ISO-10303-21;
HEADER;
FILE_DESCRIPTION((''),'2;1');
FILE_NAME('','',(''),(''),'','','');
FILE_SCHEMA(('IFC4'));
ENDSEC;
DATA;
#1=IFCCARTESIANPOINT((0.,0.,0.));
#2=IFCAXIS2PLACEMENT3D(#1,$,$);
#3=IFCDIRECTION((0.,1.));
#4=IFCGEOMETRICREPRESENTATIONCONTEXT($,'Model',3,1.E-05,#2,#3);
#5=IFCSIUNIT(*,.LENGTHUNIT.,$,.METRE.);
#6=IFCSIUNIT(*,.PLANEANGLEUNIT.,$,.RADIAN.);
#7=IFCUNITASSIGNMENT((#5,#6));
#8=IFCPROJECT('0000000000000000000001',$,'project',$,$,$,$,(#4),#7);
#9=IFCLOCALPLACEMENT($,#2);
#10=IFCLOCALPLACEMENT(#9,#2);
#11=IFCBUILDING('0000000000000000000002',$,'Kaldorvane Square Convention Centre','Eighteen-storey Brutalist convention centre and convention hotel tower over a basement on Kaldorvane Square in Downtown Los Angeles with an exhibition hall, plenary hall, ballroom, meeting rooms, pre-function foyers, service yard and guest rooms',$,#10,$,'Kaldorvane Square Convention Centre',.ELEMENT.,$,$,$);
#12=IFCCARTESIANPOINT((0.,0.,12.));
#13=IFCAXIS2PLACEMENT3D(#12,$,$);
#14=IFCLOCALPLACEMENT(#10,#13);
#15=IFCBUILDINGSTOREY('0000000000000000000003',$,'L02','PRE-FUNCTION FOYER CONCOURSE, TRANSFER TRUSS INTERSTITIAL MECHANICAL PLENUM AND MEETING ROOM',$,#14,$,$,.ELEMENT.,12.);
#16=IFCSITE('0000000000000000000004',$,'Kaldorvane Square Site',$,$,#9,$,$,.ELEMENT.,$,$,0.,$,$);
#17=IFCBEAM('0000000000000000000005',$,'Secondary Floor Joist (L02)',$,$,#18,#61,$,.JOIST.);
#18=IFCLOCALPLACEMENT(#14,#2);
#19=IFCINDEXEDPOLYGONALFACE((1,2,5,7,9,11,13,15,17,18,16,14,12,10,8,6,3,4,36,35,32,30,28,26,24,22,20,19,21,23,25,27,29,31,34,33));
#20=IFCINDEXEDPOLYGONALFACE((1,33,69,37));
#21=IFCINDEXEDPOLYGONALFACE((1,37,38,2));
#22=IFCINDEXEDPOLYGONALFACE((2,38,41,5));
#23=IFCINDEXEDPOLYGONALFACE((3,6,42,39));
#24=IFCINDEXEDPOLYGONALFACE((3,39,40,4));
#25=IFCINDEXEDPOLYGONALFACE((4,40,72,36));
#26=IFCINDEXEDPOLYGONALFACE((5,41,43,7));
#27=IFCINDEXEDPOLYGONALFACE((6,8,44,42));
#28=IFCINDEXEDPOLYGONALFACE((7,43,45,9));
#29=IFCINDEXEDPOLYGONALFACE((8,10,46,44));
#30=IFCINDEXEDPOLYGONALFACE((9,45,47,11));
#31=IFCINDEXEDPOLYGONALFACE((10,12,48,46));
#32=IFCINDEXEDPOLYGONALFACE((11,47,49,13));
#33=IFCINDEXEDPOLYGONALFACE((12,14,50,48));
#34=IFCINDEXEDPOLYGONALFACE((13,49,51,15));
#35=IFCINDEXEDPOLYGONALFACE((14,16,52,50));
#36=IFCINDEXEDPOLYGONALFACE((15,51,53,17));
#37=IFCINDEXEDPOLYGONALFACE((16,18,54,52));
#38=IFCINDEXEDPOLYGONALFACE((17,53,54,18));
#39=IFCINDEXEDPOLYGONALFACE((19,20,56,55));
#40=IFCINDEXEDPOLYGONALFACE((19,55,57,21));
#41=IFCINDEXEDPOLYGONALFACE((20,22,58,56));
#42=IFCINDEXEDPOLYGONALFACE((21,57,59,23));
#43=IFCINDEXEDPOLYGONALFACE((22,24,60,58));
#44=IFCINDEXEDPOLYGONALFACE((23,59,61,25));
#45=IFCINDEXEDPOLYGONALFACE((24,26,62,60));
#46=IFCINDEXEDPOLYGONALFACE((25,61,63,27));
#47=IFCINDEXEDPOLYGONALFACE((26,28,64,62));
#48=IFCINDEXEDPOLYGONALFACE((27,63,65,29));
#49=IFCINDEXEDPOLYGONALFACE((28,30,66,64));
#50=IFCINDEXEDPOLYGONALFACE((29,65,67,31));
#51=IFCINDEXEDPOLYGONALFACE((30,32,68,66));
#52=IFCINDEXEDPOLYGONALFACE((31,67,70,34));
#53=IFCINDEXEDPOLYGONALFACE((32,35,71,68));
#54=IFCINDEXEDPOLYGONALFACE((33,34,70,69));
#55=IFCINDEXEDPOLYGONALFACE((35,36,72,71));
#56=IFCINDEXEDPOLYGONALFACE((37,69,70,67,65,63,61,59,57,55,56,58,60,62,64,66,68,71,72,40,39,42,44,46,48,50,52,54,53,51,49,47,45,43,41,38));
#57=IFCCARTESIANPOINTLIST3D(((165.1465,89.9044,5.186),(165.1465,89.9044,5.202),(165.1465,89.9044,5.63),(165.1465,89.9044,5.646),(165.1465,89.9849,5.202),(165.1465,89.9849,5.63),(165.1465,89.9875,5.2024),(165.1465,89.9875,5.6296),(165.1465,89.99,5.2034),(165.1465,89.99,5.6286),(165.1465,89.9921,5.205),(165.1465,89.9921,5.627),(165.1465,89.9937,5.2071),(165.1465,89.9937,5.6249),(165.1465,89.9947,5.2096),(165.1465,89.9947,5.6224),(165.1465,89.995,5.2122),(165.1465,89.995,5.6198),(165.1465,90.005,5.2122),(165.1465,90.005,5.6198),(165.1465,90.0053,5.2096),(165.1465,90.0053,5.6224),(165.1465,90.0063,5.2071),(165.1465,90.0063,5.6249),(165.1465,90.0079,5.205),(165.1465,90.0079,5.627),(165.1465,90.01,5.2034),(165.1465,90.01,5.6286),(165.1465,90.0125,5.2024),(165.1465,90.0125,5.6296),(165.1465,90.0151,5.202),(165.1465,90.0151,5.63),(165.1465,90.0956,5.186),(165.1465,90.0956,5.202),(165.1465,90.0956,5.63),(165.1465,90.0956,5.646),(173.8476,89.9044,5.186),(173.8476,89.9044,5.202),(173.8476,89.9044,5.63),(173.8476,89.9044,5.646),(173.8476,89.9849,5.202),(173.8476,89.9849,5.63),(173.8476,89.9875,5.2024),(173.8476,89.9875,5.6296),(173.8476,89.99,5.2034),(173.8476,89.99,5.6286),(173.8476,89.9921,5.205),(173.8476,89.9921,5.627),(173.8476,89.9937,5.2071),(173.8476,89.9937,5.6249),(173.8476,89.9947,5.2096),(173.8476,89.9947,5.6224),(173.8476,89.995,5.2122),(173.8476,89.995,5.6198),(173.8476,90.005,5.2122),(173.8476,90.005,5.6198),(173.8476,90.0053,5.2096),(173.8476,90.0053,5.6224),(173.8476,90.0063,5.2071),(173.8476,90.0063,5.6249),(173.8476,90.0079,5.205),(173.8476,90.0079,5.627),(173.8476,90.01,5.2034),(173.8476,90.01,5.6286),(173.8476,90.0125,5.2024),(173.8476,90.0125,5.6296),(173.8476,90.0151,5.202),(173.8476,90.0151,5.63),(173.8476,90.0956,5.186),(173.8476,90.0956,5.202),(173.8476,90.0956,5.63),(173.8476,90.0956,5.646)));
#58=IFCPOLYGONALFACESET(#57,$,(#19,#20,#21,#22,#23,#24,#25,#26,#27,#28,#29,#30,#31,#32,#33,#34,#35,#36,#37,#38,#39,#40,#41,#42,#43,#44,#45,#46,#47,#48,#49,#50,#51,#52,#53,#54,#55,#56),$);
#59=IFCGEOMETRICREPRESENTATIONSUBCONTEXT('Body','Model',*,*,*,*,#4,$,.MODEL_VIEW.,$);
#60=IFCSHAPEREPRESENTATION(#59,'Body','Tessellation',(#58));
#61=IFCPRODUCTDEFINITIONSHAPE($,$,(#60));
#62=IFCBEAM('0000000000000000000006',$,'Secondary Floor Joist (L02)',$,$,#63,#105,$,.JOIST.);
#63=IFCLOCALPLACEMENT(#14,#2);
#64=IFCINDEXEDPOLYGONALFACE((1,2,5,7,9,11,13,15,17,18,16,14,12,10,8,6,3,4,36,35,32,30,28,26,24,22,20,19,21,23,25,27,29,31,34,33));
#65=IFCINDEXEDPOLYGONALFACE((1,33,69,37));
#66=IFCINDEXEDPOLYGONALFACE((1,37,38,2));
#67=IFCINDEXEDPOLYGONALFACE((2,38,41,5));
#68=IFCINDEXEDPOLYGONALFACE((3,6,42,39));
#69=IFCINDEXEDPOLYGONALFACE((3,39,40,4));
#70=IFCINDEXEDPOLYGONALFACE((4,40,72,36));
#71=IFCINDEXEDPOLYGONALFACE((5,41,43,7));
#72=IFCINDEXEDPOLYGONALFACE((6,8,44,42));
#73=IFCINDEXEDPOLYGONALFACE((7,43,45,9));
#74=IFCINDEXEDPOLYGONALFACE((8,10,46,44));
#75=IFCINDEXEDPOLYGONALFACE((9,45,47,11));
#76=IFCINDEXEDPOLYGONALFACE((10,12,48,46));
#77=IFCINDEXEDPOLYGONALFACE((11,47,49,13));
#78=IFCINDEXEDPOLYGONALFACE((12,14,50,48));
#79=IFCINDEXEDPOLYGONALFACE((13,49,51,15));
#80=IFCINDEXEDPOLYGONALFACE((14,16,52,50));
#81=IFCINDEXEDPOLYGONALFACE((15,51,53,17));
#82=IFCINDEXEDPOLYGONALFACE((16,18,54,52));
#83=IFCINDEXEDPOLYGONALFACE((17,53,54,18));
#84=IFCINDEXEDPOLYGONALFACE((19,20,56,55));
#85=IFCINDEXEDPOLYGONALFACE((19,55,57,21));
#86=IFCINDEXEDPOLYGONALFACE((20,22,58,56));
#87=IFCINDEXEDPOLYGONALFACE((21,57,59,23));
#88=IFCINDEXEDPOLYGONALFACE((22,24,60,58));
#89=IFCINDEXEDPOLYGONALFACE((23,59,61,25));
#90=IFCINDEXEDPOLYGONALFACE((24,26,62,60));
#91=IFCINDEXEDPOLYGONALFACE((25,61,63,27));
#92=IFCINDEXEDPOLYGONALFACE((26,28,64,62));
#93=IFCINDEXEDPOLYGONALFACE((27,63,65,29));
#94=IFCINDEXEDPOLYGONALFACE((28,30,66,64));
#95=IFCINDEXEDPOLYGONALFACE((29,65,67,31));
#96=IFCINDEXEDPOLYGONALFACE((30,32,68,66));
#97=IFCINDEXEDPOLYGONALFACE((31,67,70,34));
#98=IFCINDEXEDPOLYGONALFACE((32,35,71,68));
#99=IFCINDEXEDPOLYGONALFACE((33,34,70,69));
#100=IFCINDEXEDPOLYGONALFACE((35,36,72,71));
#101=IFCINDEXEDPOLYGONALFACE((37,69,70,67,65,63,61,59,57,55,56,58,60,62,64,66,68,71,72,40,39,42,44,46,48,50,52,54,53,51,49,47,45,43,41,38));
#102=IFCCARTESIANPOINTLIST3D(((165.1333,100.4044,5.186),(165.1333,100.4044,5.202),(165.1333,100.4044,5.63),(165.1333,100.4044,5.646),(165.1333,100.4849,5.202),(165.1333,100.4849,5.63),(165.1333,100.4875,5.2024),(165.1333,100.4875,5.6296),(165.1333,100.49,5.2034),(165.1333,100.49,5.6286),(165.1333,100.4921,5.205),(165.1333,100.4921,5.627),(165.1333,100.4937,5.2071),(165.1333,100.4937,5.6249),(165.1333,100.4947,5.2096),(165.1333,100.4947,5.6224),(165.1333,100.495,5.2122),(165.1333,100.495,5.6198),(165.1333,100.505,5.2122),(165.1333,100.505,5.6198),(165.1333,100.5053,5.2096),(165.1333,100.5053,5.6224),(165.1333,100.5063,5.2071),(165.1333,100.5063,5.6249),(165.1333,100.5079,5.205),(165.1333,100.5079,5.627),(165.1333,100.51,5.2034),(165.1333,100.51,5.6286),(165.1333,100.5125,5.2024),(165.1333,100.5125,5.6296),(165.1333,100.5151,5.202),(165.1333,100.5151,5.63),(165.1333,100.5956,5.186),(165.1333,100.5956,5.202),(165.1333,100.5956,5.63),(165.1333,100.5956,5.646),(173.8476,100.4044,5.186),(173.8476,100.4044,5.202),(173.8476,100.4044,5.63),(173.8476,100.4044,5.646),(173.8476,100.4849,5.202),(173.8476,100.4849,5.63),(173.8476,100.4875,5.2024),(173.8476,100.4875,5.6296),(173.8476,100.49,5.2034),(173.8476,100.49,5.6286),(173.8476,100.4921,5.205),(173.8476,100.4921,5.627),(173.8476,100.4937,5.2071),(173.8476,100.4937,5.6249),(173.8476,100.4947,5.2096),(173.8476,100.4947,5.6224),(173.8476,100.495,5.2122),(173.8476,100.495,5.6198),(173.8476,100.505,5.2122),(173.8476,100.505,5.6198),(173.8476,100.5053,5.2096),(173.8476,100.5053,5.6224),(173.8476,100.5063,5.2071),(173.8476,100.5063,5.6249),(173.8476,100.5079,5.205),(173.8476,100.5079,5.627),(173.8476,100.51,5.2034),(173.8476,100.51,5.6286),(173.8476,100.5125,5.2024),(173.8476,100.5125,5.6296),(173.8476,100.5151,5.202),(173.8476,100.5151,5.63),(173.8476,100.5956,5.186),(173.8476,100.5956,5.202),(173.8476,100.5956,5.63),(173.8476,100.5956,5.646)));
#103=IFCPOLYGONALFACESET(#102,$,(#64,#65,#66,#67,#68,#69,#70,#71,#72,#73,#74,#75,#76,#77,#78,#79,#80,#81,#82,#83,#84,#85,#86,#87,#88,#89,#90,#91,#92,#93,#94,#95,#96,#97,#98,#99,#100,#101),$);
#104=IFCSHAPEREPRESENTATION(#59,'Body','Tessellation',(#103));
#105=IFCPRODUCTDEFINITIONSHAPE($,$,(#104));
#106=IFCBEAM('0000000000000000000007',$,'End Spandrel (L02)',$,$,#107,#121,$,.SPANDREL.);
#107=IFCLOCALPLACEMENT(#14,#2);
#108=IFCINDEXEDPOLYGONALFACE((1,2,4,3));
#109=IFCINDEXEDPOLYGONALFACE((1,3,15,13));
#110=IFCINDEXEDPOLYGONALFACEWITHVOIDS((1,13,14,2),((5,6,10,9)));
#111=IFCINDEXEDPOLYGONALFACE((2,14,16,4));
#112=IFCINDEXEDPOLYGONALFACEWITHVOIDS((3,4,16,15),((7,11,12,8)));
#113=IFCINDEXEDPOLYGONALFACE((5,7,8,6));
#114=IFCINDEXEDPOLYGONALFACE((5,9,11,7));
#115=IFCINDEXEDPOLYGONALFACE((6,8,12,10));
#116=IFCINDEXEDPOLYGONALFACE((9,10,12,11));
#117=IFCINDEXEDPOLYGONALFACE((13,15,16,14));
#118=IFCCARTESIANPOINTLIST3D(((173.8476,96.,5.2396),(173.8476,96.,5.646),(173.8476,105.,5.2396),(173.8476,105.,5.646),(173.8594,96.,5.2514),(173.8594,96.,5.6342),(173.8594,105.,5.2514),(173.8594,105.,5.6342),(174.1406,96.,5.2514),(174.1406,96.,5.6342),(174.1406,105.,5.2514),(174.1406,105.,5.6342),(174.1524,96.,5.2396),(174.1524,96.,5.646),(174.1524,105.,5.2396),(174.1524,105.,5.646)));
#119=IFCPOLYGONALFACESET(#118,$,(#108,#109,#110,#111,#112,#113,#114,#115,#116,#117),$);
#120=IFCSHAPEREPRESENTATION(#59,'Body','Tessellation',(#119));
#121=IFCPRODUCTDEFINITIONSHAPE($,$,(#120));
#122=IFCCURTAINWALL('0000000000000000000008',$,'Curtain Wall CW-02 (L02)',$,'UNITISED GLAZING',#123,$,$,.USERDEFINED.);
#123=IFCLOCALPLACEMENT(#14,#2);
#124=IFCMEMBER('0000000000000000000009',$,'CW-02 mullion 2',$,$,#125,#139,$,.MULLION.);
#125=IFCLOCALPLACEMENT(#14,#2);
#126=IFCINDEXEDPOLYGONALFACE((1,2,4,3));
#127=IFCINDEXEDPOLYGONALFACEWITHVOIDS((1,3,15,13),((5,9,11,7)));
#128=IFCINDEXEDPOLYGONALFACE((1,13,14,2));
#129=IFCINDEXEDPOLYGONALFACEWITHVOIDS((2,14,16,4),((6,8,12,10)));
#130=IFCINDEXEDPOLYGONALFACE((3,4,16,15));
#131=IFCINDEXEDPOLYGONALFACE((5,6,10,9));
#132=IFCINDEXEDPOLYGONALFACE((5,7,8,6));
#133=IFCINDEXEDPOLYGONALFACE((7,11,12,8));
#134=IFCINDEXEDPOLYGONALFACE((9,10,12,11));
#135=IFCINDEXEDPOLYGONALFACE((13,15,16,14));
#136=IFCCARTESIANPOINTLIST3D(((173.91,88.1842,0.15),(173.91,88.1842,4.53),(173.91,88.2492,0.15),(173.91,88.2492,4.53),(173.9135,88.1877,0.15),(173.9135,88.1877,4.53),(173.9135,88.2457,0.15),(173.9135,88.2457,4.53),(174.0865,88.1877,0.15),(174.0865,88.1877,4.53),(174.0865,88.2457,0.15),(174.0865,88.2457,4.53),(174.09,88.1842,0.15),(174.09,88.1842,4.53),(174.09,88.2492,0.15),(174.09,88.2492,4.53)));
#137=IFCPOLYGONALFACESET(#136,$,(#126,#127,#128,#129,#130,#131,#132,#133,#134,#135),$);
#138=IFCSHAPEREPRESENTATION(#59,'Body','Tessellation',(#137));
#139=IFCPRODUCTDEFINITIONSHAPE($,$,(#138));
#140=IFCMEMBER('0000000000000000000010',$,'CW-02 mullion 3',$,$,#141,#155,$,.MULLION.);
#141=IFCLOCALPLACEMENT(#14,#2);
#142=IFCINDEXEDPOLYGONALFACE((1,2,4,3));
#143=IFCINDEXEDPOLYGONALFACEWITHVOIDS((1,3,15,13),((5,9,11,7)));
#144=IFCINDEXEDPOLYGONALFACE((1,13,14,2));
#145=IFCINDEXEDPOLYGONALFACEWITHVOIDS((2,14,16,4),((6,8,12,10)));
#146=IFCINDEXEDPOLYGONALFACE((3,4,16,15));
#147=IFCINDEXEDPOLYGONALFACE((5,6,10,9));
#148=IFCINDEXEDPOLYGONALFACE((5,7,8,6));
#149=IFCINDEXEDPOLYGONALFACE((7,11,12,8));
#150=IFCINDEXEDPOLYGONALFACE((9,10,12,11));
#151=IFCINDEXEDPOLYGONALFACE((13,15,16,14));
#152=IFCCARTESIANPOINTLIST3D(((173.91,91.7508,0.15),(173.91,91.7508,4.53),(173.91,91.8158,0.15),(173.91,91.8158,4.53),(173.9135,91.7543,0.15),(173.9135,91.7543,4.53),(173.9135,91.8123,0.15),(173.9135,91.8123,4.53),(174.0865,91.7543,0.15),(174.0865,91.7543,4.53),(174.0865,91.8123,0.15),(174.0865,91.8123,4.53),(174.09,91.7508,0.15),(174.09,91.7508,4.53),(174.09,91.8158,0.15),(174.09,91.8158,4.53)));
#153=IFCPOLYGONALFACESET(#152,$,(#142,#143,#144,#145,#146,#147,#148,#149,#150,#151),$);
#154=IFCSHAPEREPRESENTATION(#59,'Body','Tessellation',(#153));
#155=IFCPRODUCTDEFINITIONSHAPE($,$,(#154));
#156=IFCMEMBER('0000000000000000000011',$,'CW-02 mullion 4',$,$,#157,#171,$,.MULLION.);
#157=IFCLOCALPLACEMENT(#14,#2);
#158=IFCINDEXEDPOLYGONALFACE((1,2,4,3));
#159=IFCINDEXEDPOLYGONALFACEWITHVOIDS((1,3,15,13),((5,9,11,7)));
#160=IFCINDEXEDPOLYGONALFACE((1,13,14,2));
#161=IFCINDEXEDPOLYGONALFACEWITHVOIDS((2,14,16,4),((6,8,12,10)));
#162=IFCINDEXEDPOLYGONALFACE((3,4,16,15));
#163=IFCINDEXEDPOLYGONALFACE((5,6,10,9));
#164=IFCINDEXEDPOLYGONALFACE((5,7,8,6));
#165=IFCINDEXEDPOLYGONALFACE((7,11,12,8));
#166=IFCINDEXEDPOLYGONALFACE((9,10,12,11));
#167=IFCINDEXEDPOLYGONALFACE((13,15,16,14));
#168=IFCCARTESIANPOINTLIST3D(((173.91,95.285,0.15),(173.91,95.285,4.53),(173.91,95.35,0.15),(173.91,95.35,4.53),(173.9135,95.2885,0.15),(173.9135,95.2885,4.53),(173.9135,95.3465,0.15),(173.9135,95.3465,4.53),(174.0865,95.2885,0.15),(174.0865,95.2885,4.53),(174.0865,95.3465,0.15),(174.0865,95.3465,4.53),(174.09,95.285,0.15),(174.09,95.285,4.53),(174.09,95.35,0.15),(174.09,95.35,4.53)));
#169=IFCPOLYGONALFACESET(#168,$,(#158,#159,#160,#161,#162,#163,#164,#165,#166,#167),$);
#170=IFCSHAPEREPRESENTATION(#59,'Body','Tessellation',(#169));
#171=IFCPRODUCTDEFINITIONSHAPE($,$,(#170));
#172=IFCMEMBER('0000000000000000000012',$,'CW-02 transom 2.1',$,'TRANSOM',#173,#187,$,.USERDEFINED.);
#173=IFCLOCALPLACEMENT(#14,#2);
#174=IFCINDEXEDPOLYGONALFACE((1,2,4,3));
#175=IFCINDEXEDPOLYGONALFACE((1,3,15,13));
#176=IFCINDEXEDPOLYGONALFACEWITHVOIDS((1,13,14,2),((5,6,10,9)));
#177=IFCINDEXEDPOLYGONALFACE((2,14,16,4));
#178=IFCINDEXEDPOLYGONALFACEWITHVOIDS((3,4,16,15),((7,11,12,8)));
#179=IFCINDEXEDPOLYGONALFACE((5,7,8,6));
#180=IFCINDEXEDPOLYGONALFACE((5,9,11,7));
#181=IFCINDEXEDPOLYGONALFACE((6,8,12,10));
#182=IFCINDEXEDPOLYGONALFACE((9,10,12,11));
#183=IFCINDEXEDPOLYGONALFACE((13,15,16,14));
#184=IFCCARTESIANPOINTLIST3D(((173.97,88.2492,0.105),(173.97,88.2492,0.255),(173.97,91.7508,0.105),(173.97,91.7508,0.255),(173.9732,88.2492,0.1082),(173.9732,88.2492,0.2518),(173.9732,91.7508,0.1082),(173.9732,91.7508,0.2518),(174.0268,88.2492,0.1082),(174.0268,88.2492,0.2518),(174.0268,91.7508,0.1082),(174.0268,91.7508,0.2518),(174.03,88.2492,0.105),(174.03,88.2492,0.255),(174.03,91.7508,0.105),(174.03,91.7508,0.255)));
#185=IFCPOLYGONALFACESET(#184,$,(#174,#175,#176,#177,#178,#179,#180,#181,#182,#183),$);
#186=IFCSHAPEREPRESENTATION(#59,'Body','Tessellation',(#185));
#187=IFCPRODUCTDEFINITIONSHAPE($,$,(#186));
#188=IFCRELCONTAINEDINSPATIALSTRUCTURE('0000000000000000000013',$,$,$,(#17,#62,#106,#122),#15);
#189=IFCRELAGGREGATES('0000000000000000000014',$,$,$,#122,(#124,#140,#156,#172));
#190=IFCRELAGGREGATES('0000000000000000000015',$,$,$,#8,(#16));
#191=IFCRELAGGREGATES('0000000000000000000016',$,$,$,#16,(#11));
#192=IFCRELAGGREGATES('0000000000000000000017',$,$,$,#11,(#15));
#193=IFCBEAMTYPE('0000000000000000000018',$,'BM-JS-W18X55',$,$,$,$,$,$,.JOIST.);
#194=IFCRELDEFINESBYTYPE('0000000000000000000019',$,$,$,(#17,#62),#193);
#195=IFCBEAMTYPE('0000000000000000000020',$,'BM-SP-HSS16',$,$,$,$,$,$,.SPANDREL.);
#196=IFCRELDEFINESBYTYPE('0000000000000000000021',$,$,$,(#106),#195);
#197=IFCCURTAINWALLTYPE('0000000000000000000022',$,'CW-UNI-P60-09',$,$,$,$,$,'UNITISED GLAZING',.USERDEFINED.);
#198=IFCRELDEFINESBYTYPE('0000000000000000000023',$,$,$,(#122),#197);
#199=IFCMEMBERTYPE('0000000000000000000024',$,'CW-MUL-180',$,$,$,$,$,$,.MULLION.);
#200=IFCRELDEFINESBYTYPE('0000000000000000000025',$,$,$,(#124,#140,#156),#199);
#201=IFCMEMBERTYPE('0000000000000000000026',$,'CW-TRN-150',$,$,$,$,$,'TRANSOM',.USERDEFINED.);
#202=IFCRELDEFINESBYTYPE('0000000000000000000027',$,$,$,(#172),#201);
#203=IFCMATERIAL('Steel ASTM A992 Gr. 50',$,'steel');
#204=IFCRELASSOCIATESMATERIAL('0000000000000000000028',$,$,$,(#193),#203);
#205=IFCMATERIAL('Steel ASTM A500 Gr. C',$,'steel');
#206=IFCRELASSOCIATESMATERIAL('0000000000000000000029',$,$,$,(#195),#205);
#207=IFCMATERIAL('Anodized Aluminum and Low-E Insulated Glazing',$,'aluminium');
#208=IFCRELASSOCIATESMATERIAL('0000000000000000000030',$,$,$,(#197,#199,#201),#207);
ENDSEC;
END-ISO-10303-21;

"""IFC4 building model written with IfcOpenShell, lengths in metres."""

from ifc_helpers import new_model, si_unit, direction, frame, origin, origin_2d, place, context, subcontext, project, spatial, hollow_rectangle, i_section, extrude, material, material_profile, profile_set, type_object, element, aggregate, save


model = new_model("IFC4")

# Units and contexts
model_context = context("Model", 3, precision=1e-05, world=origin(), true_north=direction((0.0, 1.0)))
body_context = subcontext(model_context, "Body", "Model", "MODEL_VIEW")
ifc_project = project(units=[si_unit("LENGTHUNIT", "METRE"), si_unit("PLANEANGLEUNIT", "RADIAN")], contexts=[model_context])

# Site, building, storey
site_placement = place(None, origin())
site = spatial("IfcSite", under=ifc_project, at=site_placement, Name="Kaldorvane Square Site", CompositionType="ELEMENT", RefElevation=0.0)
building_placement = place(site_placement, origin())
building = spatial("IfcBuilding", under=site, at=building_placement, Name="Kaldorvane Square Convention Centre", Description="Eighteen-storey Brutalist convention centre and convention hotel tower over a basement on Kaldorvane Square in Downtown Los Angeles with an exhibition hall, plenary hall, ballroom, meeting rooms, pre-function foyers, service yard and guest rooms", LongName="Kaldorvane Square Convention Centre", CompositionType="ELEMENT")
storey_placement = place(building_placement, frame((0.0, 0.0, 12.0)))
storey = spatial("IfcBuildingStorey", under=building, at=storey_placement, Name="L02", Description="PRE-FUNCTION FOYER CONCOURSE, TRANSFER TRUSS INTERSTITIAL MECHANICAL PLENUM AND MEETING ROOM", CompositionType="ELEMENT", Elevation=12.0)

# Shared definitions
ifc_material_1 = material(Name="Steel ASTM A992 Gr. 50", Category="steel")

# Beams
ifc_material_profile_1 = material_profile(ifc_material_1, i_section(OverallWidth=0.1913, OverallDepth=0.46, WebThickness=0.0099, FlangeThickness=0.016, FilletRadius=0.0102, at=origin_2d()), Name="W18X55")
ifc_profile_set_1 = profile_set([ifc_material_profile_1], Name="Steel ASTM A992 Gr. 50")
beam_type_1 = type_object("IfcBeamType", Name="BM-JS-W18X55", PredefinedType="JOIST", material=ifc_profile_set_1)
beam_1_placement = place(storey_placement, frame((165.1465, 90.0, 5.416), z_axis=(1.0, 0.0, 0.0), x_axis=(0.0, 1.0, 0.0)))
element("IfcBeam", 1, at=beam_1_placement, inside=storey, type_object=beam_type_1, Name="Secondary Floor Joist (L02)", PredefinedType="JOIST", context=body_context, shape_type="SweptSolid", body=[
    extrude(i_section(OverallWidth=0.1913, OverallDepth=0.46, WebThickness=0.0099, FlangeThickness=0.016, FilletRadius=0.0102, at=origin_2d()), origin(), (0.0, 0.0, 1.0), 8.7011),
])
beam_2_placement = place(storey_placement, frame((165.1333, 100.5, 5.416), z_axis=(1.0, 0.0, 0.0), x_axis=(0.0, 1.0, 0.0)))
element("IfcBeam", 2, at=beam_2_placement, inside=storey, type_object=beam_type_1, Name="Secondary Floor Joist (L02)", PredefinedType="JOIST", context=body_context, shape_type="SweptSolid", body=[
    extrude(i_section(OverallWidth=0.1913, OverallDepth=0.46, WebThickness=0.0099, FlangeThickness=0.016, FilletRadius=0.0102, at=origin_2d()), origin(), (0.0, 0.0, 1.0), 8.7143),
])
ifc_material_2 = material(Name="Steel ASTM A500 Gr. C", Category="steel")
ifc_material_profile_2 = material_profile(ifc_material_2, hollow_rectangle(XDim=0.3048, YDim=0.4064, WallThickness=0.0118, at=origin_2d()), Name="HSS16X12X1/2")
ifc_profile_set_2 = profile_set([ifc_material_profile_2], Name="Steel ASTM A500 Gr. C")
beam_type_2 = type_object("IfcBeamType", Name="BM-SP-HSS16", PredefinedType="SPANDREL", material=ifc_profile_set_2)
beam_3_placement = place(storey_placement, frame((174.0, 96.0, 5.4428), z_axis=(0.0, 1.0, 0.0), x_axis=(-1.0, 0.0, 0.0)))
element("IfcBeam", 3, at=beam_3_placement, inside=storey, type_object=beam_type_2, Name="End Spandrel (L02)", PredefinedType="SPANDREL", context=body_context, shape_type="SweptSolid", body=[
    extrude(hollow_rectangle(XDim=0.3048, YDim=0.4064, WallThickness=0.0118, at=origin_2d()), origin(), (0.0, 0.0, 1.0), 9.0),
])

# Curtain wall, members
ifc_material_3 = material(Name="Anodized Aluminum and Low-E Insulated Glazing", Category="aluminium")
curtain_wall_type = type_object("IfcCurtainWallType", Name="CW-UNI-P60-09", ElementType="UNITISED GLAZING", PredefinedType="USERDEFINED", material=ifc_material_3)
curtain_wall_placement = place(storey_placement, origin())
curtain_wall = element("IfcCurtainWall", 4, at=curtain_wall_placement, inside=storey, type_object=curtain_wall_type, Name="Curtain Wall CW-02 (L02)", ObjectType="UNITISED GLAZING", PredefinedType="USERDEFINED")
ifc_material_profile_3 = material_profile(ifc_material_3, hollow_rectangle(XDim=0.065, YDim=0.18, WallThickness=0.0035, at=origin_2d()), Name="CWM-180X65")
ifc_profile_set_3 = profile_set([ifc_material_profile_3], Name="Anodized Aluminum and Low-E Insulated Glazing")
member_type_1 = type_object("IfcMemberType", Name="CW-MUL-180", PredefinedType="MULLION", material=ifc_profile_set_3)
member_1_placement = place(storey_placement, frame((174.0, 88.2167, 0.15), z_axis=(0.0, 0.0, 1.0), x_axis=(0.0, 1.0, 0.0)))
member_1 = element("IfcMember", 5, at=member_1_placement, type_object=member_type_1, Name="CW-02 mullion 2", PredefinedType="MULLION", context=body_context, shape_type="SweptSolid", body=[
    extrude(hollow_rectangle(XDim=0.065, YDim=0.18, WallThickness=0.0035, at=origin_2d()), origin(), (0.0, 0.0, 1.0), 4.38),
])
member_2_placement = place(storey_placement, frame((174.0, 91.7833, 0.15), z_axis=(0.0, 0.0, 1.0), x_axis=(0.0, 1.0, 0.0)))
member_2 = element("IfcMember", 6, at=member_2_placement, type_object=member_type_1, Name="CW-02 mullion 3", PredefinedType="MULLION", context=body_context, shape_type="SweptSolid", body=[
    extrude(hollow_rectangle(XDim=0.065, YDim=0.18, WallThickness=0.0035, at=origin_2d()), origin(), (0.0, 0.0, 1.0), 4.38),
])
member_3_placement = place(storey_placement, frame((174.0, 95.3175, 0.15), z_axis=(0.0, 0.0, 1.0), x_axis=(0.0, 1.0, 0.0)))
member_3 = element("IfcMember", 7, at=member_3_placement, type_object=member_type_1, Name="CW-02 mullion 4", PredefinedType="MULLION", context=body_context, shape_type="SweptSolid", body=[
    extrude(hollow_rectangle(XDim=0.065, YDim=0.18, WallThickness=0.0035, at=origin_2d()), origin(), (0.0, 0.0, 1.0), 4.38),
])
ifc_material_profile_4 = material_profile(ifc_material_3, hollow_rectangle(XDim=0.06, YDim=0.15, WallThickness=0.0032, at=origin_2d()), Name="CWT-150X60")
ifc_profile_set_4 = profile_set([ifc_material_profile_4], Name="Anodized Aluminum and Low-E Insulated Glazing")
member_type_2 = type_object("IfcMemberType", Name="CW-TRN-150", ElementType="TRANSOM", PredefinedType="USERDEFINED", material=ifc_profile_set_4)
member_4_placement = place(storey_placement, frame((174.0, 88.2492, 0.18), z_axis=(0.0, 1.0, 0.0), x_axis=(-1.0, 0.0, 0.0)))
member_4 = element("IfcMember", 8, at=member_4_placement, type_object=member_type_2, Name="CW-02 transom 2.1", ObjectType="TRANSOM", PredefinedType="USERDEFINED", context=body_context, shape_type="SweptSolid", body=[
    extrude(hollow_rectangle(XDim=0.06, YDim=0.15, WallThickness=0.0032, at=origin_2d()), origin(), (0.0, 0.0, 1.0), 3.5017),
])

aggregate(curtain_wall, [member_1, member_2, member_3, member_4])

save(model, "model.ifc")
